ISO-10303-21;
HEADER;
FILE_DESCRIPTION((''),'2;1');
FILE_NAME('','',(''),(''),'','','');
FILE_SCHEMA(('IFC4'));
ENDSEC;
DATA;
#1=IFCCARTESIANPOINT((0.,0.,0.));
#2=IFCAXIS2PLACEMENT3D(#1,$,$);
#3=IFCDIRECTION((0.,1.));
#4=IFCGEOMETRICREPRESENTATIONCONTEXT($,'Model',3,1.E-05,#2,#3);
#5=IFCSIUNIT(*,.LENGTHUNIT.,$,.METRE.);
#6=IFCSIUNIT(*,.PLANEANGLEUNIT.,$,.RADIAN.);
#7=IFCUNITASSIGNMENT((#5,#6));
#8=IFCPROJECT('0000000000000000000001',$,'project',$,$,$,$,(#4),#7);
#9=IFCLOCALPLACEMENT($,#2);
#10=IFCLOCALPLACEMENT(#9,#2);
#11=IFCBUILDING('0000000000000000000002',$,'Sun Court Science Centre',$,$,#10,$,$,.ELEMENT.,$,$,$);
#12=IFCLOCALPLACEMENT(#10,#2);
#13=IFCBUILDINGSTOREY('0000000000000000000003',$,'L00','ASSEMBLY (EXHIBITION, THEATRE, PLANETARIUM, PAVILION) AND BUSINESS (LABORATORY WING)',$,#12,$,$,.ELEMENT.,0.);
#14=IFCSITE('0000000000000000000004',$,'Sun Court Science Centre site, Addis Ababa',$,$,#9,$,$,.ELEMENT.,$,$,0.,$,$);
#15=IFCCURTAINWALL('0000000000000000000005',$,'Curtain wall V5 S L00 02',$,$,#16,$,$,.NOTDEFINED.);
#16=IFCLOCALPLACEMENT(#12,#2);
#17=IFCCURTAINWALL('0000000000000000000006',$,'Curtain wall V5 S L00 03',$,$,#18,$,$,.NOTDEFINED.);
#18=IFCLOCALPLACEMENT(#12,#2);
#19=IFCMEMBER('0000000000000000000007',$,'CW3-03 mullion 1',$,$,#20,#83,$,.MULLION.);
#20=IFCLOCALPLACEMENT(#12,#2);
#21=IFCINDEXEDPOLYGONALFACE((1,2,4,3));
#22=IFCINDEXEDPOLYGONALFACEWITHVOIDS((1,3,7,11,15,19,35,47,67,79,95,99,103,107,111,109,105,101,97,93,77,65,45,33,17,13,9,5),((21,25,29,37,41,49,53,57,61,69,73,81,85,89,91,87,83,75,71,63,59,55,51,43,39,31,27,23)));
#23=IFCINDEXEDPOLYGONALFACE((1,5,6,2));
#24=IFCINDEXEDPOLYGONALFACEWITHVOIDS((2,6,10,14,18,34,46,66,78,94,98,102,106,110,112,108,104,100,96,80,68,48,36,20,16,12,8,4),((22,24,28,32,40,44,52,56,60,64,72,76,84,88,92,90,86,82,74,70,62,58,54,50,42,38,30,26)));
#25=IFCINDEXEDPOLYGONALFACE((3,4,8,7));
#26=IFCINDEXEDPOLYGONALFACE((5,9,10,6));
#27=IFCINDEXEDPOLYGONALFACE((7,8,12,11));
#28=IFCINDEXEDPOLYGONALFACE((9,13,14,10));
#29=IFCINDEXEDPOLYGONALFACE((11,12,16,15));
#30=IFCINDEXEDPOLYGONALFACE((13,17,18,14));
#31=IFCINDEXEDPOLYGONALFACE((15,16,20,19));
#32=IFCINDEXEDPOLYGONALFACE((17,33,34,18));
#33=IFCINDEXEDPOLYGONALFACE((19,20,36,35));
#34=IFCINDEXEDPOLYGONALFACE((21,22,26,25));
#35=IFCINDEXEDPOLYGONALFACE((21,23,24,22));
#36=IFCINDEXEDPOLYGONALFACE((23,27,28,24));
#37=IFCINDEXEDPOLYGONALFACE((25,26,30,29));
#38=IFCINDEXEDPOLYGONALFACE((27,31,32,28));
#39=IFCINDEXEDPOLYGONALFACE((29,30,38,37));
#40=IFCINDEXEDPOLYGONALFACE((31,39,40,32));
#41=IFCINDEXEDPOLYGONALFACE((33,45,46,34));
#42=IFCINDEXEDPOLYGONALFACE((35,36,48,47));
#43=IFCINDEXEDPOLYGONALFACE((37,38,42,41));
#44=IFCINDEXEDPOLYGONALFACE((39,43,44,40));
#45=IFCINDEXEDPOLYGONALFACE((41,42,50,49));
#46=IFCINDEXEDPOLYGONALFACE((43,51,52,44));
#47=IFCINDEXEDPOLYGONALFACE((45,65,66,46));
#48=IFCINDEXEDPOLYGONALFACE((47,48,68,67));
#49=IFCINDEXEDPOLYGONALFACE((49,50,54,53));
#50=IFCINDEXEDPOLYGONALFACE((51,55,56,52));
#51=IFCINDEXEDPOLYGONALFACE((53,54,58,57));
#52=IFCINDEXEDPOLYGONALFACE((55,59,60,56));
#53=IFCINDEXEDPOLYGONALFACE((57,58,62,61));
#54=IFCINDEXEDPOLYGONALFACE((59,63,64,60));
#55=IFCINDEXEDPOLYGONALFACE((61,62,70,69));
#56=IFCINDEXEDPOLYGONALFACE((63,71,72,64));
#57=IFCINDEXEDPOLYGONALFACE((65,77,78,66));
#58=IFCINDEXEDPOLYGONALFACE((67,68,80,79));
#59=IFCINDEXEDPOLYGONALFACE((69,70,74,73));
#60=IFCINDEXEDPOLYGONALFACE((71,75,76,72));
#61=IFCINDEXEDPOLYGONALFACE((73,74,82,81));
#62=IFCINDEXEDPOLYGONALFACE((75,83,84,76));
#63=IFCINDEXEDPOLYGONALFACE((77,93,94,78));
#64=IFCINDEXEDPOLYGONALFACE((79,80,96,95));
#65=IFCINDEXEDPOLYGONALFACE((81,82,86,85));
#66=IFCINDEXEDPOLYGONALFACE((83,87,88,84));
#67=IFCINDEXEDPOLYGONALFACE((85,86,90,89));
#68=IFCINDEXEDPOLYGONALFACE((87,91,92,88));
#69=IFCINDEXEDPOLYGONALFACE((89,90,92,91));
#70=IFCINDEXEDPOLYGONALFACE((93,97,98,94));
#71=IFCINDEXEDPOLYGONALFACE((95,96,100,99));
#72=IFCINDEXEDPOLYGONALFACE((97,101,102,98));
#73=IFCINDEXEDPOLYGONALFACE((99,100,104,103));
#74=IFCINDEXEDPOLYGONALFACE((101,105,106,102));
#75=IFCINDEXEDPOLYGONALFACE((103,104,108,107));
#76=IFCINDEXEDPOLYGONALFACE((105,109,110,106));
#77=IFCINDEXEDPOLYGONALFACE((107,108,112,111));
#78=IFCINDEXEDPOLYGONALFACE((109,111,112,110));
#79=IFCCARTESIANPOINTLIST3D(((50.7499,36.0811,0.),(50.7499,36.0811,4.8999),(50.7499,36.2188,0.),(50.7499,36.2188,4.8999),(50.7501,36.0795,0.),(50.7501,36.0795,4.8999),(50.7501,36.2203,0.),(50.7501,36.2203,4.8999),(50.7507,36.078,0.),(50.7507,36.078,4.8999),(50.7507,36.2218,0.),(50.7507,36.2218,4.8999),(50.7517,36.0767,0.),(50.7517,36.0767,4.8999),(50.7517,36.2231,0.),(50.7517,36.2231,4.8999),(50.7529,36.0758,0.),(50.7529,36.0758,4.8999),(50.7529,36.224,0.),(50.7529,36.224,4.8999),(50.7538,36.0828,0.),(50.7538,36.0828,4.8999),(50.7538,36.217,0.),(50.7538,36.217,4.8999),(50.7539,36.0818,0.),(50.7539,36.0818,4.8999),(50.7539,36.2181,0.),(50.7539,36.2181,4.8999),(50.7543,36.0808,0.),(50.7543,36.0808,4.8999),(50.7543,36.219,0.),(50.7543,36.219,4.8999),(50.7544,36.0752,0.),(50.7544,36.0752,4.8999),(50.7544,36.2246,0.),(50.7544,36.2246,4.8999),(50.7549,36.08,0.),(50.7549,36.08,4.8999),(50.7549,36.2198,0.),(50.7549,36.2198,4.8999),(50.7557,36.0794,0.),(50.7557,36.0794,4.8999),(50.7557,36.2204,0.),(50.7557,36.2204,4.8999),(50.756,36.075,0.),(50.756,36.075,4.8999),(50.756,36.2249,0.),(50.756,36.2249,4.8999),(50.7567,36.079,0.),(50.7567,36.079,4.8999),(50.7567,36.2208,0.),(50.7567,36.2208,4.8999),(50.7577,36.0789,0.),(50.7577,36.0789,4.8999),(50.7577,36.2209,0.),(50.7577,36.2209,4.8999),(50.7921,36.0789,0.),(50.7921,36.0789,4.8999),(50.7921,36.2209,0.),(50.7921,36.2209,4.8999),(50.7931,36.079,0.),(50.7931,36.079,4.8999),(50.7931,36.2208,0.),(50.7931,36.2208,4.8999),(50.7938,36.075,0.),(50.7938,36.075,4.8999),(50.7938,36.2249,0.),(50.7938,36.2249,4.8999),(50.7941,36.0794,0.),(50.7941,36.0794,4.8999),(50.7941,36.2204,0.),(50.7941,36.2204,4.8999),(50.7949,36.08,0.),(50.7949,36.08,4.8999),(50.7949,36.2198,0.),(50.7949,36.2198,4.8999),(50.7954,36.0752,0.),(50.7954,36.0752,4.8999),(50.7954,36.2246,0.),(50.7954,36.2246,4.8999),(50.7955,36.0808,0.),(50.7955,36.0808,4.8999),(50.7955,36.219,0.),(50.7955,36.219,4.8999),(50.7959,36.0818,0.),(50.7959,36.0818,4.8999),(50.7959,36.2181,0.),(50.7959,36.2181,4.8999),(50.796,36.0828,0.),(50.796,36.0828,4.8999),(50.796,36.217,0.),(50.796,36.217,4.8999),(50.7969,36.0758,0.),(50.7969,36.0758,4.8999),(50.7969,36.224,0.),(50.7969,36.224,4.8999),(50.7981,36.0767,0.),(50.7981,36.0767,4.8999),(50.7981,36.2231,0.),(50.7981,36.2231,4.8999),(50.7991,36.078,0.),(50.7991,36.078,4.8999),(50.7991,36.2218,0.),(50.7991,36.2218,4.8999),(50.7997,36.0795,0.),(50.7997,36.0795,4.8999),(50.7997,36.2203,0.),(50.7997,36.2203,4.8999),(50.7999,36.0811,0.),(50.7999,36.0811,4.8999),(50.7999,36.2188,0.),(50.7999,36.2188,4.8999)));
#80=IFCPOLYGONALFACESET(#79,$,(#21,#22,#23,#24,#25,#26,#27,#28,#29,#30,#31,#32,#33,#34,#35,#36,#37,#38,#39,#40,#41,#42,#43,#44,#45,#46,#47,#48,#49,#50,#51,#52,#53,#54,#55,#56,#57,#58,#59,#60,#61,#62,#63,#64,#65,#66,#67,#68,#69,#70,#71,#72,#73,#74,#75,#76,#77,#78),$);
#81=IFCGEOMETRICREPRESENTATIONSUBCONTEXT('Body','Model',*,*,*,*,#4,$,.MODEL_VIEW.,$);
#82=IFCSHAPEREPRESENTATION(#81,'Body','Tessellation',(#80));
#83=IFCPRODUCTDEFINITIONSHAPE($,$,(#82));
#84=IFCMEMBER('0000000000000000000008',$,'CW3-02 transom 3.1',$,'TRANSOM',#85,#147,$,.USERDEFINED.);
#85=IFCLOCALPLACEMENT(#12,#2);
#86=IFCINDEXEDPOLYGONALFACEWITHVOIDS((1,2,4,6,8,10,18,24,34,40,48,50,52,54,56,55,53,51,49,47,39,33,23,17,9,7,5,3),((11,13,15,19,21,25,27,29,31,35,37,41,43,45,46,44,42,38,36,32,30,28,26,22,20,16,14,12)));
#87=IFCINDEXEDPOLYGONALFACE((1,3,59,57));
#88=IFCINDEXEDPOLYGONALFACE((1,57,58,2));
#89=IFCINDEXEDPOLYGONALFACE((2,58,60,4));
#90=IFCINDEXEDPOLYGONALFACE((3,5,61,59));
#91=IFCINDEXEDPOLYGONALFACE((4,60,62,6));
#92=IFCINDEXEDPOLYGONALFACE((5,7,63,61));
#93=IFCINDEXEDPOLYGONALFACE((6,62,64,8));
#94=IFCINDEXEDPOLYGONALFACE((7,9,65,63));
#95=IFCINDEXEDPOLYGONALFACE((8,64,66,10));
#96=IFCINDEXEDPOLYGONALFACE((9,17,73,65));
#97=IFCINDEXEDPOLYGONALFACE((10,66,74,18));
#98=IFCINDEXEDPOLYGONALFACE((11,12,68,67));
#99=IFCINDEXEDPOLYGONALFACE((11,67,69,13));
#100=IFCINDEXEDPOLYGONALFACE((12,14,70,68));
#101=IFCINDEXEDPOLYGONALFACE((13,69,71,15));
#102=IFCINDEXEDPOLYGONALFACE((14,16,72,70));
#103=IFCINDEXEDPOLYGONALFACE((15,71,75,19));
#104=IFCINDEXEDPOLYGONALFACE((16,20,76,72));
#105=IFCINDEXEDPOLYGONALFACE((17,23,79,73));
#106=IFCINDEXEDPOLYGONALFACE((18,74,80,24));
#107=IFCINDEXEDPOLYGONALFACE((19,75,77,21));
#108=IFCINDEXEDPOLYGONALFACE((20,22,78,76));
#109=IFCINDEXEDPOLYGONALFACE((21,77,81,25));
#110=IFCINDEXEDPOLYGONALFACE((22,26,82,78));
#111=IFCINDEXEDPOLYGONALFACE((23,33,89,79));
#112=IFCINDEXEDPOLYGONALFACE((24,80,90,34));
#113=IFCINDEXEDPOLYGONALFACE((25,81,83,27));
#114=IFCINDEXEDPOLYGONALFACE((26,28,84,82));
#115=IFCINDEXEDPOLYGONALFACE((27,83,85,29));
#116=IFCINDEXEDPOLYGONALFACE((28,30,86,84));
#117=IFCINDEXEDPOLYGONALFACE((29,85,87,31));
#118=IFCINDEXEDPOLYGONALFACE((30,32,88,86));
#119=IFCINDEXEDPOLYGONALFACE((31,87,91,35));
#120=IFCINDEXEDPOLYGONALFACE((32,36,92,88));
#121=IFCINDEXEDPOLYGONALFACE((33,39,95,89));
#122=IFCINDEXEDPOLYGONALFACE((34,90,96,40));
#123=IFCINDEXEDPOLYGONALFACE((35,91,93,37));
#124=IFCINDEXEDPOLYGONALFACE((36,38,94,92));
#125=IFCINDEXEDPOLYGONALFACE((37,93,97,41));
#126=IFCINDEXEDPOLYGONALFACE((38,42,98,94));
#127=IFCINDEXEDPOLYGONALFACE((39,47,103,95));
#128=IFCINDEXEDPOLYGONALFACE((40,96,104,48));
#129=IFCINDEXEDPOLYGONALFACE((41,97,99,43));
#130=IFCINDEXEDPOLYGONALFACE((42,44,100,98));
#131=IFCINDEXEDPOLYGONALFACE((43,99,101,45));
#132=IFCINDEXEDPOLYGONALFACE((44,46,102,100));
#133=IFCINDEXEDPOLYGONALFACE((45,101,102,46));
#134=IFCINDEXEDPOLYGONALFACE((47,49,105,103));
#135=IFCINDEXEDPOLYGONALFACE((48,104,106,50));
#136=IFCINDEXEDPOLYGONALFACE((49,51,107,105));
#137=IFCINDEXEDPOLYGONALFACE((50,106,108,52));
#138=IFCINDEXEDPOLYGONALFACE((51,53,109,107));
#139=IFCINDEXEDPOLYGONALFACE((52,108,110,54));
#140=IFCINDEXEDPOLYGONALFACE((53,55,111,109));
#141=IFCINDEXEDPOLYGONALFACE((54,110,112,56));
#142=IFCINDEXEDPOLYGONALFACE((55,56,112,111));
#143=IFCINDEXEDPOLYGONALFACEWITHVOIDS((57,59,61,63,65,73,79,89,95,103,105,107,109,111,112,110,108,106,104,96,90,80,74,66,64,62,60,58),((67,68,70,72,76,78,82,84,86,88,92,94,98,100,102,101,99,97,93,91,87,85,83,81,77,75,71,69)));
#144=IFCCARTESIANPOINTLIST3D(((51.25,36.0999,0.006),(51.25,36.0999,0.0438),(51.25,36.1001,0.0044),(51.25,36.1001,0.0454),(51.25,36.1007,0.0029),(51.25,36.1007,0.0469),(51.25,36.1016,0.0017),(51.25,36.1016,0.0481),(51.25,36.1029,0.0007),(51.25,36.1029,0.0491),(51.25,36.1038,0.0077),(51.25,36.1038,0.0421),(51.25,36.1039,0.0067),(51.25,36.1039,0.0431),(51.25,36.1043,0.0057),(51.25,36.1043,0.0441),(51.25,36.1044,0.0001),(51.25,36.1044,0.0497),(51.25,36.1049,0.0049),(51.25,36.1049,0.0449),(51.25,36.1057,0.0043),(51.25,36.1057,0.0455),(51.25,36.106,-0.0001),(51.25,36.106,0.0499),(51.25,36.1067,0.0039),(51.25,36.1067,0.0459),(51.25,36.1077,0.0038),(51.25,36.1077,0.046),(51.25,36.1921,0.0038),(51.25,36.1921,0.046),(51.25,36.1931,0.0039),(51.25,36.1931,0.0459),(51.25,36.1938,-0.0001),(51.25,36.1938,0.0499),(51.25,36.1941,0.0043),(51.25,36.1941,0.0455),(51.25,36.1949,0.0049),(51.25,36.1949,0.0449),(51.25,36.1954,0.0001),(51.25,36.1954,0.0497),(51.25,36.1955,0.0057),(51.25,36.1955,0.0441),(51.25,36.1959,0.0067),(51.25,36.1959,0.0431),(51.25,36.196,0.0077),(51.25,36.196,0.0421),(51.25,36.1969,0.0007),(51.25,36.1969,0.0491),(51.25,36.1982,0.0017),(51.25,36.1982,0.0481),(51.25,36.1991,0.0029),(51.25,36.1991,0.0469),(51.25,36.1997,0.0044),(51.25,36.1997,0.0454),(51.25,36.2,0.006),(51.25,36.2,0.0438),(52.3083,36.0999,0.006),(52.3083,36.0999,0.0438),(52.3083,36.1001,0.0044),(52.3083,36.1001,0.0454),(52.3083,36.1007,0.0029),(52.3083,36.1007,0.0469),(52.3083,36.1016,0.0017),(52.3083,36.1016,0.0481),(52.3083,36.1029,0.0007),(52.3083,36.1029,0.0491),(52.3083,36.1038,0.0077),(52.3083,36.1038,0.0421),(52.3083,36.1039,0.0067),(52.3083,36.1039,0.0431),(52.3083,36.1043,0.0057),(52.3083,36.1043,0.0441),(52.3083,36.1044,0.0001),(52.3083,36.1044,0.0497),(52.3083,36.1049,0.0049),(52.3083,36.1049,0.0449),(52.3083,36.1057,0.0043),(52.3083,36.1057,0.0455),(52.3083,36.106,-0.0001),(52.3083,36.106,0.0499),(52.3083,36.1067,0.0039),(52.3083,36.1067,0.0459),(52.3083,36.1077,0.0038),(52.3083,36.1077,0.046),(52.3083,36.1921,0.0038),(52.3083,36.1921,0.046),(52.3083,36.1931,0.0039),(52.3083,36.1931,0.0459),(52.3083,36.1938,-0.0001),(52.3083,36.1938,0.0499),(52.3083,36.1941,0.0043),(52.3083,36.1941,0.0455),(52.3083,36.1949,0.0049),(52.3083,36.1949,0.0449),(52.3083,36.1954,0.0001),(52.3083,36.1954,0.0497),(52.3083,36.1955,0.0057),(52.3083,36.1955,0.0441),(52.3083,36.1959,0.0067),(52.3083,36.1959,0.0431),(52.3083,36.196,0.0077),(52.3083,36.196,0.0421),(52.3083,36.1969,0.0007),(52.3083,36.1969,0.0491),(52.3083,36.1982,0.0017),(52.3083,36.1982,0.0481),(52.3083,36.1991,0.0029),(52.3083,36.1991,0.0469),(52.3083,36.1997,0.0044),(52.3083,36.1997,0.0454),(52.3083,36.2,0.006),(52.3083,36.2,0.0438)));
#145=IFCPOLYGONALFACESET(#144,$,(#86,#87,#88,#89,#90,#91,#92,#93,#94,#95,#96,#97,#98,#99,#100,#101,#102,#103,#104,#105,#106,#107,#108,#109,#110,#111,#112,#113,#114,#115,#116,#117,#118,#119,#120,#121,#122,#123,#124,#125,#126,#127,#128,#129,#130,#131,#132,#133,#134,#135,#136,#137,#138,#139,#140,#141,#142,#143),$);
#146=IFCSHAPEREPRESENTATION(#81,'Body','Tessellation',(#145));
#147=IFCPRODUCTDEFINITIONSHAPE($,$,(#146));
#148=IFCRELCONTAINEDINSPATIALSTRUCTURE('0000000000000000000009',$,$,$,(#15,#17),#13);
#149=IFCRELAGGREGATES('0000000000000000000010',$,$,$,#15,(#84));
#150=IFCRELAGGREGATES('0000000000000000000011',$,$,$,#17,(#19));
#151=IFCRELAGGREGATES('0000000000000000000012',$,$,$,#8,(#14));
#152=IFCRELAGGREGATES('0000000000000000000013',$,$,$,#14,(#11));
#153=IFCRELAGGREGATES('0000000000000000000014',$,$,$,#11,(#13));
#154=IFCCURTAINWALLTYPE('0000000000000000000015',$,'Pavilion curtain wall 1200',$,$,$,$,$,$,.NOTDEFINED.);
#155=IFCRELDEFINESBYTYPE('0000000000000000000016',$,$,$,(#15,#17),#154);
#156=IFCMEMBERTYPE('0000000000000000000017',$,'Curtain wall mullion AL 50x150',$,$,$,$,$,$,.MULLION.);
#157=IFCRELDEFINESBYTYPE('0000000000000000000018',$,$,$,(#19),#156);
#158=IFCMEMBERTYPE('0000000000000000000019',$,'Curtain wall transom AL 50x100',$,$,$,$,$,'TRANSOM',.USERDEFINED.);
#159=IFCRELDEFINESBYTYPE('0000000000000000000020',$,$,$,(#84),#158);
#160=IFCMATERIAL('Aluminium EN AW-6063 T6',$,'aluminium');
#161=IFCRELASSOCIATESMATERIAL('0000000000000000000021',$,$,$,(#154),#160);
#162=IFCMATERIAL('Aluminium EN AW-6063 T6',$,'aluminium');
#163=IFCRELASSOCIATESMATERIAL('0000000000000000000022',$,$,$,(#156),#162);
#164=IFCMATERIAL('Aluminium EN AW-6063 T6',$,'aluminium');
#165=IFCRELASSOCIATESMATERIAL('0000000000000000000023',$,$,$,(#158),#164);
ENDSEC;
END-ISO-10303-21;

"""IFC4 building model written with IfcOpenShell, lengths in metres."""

from ifc_helpers import new_model, si_unit, direction, frame, origin, origin_2d, place, context, subcontext, project, spatial, hollow_rectangle, extrude, material, material_profile, profile_set, type_object, element, aggregate, save


model = new_model("IFC4")

# Units and contexts
model_context = context("Model", 3, precision=1e-05, world=origin(), true_north=direction((0.0, 1.0)))
body_context = subcontext(model_context, "Body", "Model", "MODEL_VIEW")
ifc_project = project(units=[si_unit("LENGTHUNIT", "METRE"), si_unit("PLANEANGLEUNIT", "RADIAN")], contexts=[model_context])

# Site, building, storey
site_placement = place(None, origin())
site = spatial("IfcSite", under=ifc_project, at=site_placement, Name="Sun Court Science Centre site, Addis Ababa", CompositionType="ELEMENT", RefElevation=0.0)
building_placement = place(site_placement, origin())
building = spatial("IfcBuilding", under=site, at=building_placement, Name="Sun Court Science Centre", CompositionType="ELEMENT")
storey_placement = place(building_placement, origin())
storey = spatial("IfcBuildingStorey", under=building, at=storey_placement, Name="L00", Description="ASSEMBLY (EXHIBITION, THEATRE, PLANETARIUM, PAVILION) AND BUSINESS (LABORATORY WING)", CompositionType="ELEMENT", Elevation=0.0)

# Curtain wall
ifc_material_1 = material(Name="Aluminium EN AW-6063 T6", Category="aluminium")
curtain_wall_type = type_object("IfcCurtainWallType", Name="Pavilion curtain wall 1200", PredefinedType="NOTDEFINED", material=ifc_material_1)
curtain_wall_1_placement = place(storey_placement, origin())
curtain_wall_1 = element("IfcCurtainWall", 1, at=curtain_wall_1_placement, inside=storey, type_object=curtain_wall_type, Name="Curtain wall V5 S L00 02", PredefinedType="NOTDEFINED")
ifc_material_2 = material(Name="Aluminium EN AW-6063 T6", Category="aluminium")
ifc_material_profile_1 = material_profile(ifc_material_2, hollow_rectangle(XDim=0.05, YDim=0.1499, WallThickness=0.0039, InnerFilletRadius=0.0039, OuterFilletRadius=0.0061, at=origin_2d()), Name="AL 50x150x4")
ifc_profile_set_1 = profile_set([ifc_material_profile_1], Name="Aluminium EN AW-6063 T6")
member_type_1 = type_object("IfcMemberType", Name="Curtain wall mullion AL 50x150", PredefinedType="MULLION", material=ifc_profile_set_1)

# Curtain wall, member
curtain_wall_2_placement = place(storey_placement, origin())
curtain_wall_2 = element("IfcCurtainWall", 2, at=curtain_wall_2_placement, inside=storey, type_object=curtain_wall_type, Name="Curtain wall V5 S L00 03", PredefinedType="NOTDEFINED")
member_1_placement = place(storey_placement, frame((50.7749, 36.1499, 0.0), z_axis=(0.0, 0.0, 1.0), x_axis=(-1.0, 0.0, 0.0)))
member_1 = element("IfcMember", 3, at=member_1_placement, type_object=member_type_1, Name="CW3-03 mullion 1", PredefinedType="MULLION", context=body_context, shape_type="SweptSolid", body=[
    extrude(hollow_rectangle(XDim=0.05, YDim=0.1499, WallThickness=0.0039, InnerFilletRadius=0.0039, OuterFilletRadius=0.0061, at=origin_2d()), origin(), (0.0, 0.0, 1.0), 4.8999),
])

# Member
ifc_material_3 = material(Name="Aluminium EN AW-6063 T6", Category="aluminium")
ifc_material_profile_2 = material_profile(ifc_material_3, hollow_rectangle(XDim=0.05, YDim=0.1001, WallThickness=0.0039, InnerFilletRadius=0.0039, OuterFilletRadius=0.0061, at=origin_2d()), Name="AL 50x100x4")
ifc_profile_set_2 = profile_set([ifc_material_profile_2], Name="Aluminium EN AW-6063 T6")
member_type_2 = type_object("IfcMemberType", Name="Curtain wall transom AL 50x100", ElementType="TRANSOM", PredefinedType="USERDEFINED", material=ifc_profile_set_2)
member_2_placement = place(storey_placement, frame((52.3083, 36.1499, 0.0249), z_axis=(-1.0, 0.0, 0.0), x_axis=(0.0, 0.0, 1.0)))
member_2 = element("IfcMember", 4, at=member_2_placement, type_object=member_type_2, Name="CW3-02 transom 3.1", ObjectType="TRANSOM", PredefinedType="USERDEFINED", context=body_context, shape_type="SweptSolid", body=[
    extrude(hollow_rectangle(XDim=0.05, YDim=0.1001, WallThickness=0.0039, InnerFilletRadius=0.0039, OuterFilletRadius=0.0061, at=origin_2d()), origin(), (0.0, 0.0, 1.0), 1.0583),
])

aggregate(curtain_wall_1, [member_2])
aggregate(curtain_wall_2, [member_1])

save(model, "model.ifc")
